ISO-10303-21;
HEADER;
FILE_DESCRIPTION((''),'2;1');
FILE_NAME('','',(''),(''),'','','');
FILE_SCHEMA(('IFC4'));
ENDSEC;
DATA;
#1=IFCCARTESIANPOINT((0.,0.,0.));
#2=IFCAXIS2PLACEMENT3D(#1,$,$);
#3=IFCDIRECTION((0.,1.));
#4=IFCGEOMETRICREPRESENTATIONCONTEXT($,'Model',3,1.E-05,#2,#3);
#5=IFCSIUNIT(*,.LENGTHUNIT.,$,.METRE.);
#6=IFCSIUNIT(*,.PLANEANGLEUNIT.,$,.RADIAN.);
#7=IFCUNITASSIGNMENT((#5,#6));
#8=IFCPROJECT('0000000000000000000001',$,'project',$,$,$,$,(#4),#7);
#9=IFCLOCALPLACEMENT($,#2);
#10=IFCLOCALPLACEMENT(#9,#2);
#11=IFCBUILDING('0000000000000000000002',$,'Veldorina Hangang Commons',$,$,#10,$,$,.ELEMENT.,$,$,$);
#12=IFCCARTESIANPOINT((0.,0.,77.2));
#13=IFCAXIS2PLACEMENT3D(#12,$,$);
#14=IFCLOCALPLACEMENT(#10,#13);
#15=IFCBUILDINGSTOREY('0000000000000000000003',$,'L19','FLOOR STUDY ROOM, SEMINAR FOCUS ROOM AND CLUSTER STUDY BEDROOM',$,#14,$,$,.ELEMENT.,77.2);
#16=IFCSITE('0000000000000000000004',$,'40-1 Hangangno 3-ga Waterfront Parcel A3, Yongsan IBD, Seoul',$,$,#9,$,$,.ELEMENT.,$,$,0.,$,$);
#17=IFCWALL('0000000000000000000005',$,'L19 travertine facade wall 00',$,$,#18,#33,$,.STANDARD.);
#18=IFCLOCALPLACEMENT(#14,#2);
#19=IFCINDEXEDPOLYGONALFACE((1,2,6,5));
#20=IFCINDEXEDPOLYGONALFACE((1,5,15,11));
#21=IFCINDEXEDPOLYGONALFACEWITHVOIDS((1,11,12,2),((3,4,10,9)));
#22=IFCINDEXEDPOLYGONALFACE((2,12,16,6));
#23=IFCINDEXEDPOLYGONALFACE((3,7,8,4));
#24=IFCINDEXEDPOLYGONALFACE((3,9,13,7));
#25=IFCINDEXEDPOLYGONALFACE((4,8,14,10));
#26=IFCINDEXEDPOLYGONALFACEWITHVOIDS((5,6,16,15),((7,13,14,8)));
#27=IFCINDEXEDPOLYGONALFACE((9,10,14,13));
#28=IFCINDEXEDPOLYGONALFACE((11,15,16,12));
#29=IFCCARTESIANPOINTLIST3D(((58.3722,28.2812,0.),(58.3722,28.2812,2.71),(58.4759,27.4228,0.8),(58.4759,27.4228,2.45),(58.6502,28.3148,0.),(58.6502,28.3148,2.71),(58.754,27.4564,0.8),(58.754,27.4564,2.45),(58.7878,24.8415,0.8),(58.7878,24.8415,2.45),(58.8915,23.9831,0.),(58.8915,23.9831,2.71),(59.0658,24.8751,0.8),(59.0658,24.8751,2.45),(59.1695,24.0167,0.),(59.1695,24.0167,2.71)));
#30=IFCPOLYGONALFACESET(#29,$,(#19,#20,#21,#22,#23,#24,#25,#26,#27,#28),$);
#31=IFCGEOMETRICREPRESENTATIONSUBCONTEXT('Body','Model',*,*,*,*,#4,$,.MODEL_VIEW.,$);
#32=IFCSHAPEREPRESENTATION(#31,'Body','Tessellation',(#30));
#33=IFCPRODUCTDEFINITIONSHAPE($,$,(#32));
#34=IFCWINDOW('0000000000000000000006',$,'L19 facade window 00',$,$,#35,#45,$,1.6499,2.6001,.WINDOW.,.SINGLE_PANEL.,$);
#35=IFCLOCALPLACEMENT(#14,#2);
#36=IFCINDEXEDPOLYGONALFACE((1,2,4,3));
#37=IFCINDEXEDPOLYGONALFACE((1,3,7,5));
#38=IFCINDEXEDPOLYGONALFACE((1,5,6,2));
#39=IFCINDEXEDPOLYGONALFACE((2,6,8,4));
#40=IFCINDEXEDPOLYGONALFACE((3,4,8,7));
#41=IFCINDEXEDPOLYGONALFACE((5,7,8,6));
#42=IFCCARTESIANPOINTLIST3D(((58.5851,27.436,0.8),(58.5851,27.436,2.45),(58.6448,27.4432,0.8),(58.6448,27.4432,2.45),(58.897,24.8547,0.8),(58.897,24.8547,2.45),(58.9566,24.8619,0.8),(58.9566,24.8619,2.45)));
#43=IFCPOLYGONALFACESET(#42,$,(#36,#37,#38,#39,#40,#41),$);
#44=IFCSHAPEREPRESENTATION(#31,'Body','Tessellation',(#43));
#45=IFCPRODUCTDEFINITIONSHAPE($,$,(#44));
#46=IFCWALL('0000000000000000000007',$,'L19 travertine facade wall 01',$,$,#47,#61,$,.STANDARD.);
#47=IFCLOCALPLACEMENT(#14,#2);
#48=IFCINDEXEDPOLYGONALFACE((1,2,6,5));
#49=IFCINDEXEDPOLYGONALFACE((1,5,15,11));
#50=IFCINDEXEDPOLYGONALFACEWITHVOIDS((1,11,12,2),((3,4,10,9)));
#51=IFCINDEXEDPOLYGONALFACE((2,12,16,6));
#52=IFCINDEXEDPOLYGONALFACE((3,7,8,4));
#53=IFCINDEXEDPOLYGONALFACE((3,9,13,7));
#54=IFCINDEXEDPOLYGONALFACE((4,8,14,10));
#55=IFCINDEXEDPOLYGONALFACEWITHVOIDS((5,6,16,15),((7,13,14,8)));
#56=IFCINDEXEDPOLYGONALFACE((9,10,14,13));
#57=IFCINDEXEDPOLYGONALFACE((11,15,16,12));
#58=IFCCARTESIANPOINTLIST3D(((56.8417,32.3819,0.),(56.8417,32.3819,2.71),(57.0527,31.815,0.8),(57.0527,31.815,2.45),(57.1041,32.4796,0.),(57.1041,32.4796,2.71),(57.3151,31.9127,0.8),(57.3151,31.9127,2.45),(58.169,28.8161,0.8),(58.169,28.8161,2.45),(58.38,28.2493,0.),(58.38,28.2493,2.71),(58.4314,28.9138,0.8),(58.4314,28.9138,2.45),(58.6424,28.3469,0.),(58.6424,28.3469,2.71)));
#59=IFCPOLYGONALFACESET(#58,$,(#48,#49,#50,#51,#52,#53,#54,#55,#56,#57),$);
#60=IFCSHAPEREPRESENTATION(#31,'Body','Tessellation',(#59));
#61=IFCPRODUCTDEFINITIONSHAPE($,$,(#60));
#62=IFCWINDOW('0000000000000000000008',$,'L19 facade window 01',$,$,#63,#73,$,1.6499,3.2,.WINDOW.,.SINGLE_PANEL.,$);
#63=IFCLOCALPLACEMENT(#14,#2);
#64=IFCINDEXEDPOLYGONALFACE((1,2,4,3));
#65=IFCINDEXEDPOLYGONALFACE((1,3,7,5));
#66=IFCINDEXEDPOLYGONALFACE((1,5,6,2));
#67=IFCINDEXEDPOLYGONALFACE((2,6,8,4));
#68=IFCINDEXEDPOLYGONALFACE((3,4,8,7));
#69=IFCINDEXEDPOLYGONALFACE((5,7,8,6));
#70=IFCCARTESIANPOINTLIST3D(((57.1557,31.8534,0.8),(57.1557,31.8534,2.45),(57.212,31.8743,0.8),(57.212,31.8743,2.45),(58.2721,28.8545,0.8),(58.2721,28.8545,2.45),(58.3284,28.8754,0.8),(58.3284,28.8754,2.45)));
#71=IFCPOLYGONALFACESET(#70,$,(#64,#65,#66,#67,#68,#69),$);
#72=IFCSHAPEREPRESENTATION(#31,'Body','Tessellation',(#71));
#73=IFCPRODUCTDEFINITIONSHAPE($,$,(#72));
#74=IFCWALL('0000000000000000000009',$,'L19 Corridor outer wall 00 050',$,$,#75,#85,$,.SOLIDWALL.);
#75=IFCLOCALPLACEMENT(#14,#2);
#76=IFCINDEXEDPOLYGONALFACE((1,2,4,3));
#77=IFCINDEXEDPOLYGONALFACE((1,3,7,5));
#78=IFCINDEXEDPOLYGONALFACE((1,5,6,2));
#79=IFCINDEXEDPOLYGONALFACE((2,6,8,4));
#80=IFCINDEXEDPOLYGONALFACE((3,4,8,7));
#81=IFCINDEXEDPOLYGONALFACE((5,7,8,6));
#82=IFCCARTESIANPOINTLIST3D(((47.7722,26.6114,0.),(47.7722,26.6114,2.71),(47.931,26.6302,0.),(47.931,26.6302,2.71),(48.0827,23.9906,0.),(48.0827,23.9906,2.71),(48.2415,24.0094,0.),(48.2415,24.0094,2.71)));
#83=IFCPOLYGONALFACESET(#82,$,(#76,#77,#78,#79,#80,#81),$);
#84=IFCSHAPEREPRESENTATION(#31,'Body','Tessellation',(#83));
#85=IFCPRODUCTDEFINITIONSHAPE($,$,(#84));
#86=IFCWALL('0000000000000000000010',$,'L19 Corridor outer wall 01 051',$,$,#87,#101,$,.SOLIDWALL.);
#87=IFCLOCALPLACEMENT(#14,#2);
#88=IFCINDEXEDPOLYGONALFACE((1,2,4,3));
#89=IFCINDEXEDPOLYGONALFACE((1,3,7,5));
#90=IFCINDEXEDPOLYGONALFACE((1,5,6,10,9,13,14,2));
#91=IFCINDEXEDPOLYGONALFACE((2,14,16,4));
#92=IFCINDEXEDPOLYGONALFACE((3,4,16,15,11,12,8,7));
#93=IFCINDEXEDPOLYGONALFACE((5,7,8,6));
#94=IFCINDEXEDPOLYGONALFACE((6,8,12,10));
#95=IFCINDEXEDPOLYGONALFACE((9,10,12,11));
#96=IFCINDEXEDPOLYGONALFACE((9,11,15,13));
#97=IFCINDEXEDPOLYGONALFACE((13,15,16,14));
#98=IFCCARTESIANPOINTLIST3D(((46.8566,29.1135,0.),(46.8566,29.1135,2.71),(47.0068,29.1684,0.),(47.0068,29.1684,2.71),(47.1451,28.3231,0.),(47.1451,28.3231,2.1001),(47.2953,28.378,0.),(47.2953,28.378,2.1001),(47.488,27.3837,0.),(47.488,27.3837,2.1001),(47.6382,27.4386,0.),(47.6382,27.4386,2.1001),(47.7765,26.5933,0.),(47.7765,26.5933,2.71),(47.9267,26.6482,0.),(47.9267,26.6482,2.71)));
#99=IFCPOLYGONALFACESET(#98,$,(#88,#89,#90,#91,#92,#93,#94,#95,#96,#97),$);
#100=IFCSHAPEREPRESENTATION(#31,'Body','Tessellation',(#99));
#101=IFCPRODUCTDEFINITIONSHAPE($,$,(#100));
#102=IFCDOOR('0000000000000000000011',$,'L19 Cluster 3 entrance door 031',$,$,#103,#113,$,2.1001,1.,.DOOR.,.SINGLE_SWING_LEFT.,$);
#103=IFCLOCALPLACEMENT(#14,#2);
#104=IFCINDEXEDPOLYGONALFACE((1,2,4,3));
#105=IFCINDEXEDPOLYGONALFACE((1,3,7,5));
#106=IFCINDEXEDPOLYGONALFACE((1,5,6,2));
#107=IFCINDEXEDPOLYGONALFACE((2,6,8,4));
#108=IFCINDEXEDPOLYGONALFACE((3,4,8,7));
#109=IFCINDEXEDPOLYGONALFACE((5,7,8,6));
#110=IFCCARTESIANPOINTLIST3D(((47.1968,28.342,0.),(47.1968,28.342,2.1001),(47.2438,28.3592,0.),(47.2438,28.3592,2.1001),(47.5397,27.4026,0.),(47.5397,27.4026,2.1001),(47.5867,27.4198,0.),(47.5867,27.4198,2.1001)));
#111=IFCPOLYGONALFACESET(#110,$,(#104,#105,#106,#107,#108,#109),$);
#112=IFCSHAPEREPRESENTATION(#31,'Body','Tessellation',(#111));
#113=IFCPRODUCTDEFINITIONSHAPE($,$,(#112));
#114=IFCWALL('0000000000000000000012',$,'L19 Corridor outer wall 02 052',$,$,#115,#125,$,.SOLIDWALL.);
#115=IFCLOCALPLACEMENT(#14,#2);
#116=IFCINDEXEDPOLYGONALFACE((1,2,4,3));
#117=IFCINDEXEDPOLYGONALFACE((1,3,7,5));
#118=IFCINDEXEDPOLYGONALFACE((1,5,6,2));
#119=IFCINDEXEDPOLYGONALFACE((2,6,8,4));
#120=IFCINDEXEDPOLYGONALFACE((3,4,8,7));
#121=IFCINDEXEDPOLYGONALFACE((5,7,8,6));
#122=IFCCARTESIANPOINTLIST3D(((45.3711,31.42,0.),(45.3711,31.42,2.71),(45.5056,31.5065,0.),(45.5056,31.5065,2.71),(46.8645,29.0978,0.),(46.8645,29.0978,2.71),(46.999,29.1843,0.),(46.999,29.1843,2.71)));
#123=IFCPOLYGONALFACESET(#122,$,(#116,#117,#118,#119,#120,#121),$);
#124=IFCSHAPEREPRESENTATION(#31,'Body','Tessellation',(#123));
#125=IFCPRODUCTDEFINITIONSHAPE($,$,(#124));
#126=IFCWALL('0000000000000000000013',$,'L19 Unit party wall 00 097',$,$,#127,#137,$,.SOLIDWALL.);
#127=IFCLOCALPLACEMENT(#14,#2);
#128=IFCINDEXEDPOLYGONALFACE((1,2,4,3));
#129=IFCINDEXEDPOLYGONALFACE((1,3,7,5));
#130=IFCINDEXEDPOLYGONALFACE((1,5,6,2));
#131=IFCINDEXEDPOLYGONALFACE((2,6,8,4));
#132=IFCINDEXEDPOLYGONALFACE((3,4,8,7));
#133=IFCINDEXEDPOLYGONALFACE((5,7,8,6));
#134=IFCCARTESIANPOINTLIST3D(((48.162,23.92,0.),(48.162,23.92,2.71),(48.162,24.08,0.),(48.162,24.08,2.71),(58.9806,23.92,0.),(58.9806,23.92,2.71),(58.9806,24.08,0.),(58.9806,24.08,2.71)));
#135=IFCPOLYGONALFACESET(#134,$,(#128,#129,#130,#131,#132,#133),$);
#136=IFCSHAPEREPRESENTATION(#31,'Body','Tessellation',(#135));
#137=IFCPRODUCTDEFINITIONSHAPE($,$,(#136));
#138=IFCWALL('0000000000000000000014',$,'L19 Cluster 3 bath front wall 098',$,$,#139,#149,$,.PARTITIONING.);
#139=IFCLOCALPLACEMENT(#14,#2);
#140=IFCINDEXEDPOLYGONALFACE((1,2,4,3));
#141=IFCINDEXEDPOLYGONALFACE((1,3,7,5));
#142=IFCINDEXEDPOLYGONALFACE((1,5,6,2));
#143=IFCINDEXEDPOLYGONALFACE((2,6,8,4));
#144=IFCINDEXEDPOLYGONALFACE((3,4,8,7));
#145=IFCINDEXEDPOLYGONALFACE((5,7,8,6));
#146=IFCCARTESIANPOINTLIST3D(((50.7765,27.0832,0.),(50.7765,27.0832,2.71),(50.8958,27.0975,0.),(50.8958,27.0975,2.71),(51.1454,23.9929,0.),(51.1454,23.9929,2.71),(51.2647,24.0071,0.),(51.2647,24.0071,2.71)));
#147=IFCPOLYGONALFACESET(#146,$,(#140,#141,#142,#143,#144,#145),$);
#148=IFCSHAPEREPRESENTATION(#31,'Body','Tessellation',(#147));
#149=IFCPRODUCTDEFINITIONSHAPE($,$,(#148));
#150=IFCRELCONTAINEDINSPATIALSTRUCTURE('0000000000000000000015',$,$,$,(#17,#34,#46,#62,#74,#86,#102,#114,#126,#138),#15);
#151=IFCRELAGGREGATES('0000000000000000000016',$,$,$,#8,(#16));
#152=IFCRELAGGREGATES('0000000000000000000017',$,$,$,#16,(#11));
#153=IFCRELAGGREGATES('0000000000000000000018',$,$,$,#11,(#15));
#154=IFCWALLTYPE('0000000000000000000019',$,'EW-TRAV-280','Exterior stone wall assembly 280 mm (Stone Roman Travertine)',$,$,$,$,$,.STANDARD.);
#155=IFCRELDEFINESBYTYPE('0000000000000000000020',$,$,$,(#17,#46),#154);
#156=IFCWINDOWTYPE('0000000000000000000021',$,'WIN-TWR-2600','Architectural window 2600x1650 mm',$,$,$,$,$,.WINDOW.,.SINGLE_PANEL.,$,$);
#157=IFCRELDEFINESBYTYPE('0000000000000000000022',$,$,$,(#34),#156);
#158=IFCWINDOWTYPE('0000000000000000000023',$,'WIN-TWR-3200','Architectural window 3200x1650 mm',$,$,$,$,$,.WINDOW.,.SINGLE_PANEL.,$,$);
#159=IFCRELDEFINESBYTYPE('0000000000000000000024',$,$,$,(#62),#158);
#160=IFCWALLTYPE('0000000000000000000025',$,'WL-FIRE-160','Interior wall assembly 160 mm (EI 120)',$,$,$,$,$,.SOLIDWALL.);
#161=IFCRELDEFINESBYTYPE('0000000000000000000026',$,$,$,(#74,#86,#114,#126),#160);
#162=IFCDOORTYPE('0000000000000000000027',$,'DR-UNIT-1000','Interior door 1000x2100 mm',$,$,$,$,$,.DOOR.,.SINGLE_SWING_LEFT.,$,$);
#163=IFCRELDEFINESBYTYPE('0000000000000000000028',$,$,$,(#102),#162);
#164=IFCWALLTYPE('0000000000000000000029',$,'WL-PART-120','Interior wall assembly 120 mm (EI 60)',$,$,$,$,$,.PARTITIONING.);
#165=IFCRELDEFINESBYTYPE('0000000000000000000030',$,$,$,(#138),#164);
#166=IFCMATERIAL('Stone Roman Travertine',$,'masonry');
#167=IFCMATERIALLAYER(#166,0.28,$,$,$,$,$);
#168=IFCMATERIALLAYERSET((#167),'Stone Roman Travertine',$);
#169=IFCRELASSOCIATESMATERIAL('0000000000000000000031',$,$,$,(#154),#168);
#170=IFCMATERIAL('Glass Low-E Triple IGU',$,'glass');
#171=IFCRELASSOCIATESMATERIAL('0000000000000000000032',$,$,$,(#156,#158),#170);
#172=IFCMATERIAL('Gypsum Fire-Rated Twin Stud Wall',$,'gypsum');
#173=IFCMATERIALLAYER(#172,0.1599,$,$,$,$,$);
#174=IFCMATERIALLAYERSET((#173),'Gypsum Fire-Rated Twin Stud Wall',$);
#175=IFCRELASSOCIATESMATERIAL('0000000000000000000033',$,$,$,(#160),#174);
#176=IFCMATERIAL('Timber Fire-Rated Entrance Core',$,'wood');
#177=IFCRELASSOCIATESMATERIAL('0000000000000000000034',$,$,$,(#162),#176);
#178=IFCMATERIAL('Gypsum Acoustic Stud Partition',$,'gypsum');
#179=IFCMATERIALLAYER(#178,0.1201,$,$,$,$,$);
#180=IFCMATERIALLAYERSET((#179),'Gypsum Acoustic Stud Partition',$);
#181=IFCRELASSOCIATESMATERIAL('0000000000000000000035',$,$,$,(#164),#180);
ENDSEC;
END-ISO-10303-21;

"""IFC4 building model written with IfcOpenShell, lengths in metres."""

from ifc_helpers import new_model, si_unit, direction, frame, frame_2d, origin, place, context, subcontext, project, spatial, rectangle, extrude, material, layer, layer_set, type_object, element, fill, save


model = new_model("IFC4")

# Units and contexts
model_context = context("Model", 3, precision=1e-05, world=origin(), true_north=direction((0.0, 1.0)))
body_context = subcontext(model_context, "Body", "Model", "MODEL_VIEW")
ifc_project = project(units=[si_unit("LENGTHUNIT", "METRE"), si_unit("PLANEANGLEUNIT", "RADIAN")], contexts=[model_context])

# Site, building, storey
site_placement = place(None, origin())
site = spatial("IfcSite", under=ifc_project, at=site_placement, Name="40-1 Hangangno 3-ga Waterfront Parcel A3, Yongsan IBD, Seoul", CompositionType="ELEMENT", RefElevation=0.0)
building_placement = place(site_placement, origin())
building = spatial("IfcBuilding", under=site, at=building_placement, Name="Veldorina Hangang Commons", CompositionType="ELEMENT")
storey_placement = place(building_placement, frame((0.0, 0.0, 77.2)))
storey = spatial("IfcBuildingStorey", under=building, at=storey_placement, Name="L19", Description="FLOOR STUDY ROOM, SEMINAR FOCUS ROOM AND CLUSTER STUDY BEDROOM", CompositionType="ELEMENT", Elevation=77.2)

# Walls, openings, windows
ifc_material_1 = material(Name="Stone Roman Travertine", Category="masonry")
ifc_layer_1 = layer(ifc_material_1, 0.28)
ifc_layer_set_1 = layer_set([ifc_layer_1], Name="Stone Roman Travertine")
wall_type_1 = type_object("IfcWallType", Name="EW-TRAV-280", Description="Exterior stone wall assembly 280 mm (Stone Roman Travertine)", PredefinedType="STANDARD", material=ifc_layer_set_1)
wall_1_placement = place(storey_placement, frame((59.0305, 24.0, 0.0), z_axis=(0.0, 0.0, 1.0), x_axis=(-0.119946, 0.99278, 0.0)))
wall_1 = element("IfcWall", 1, at=wall_1_placement, inside=storey, type_object=wall_type_1, Name="L19 travertine facade wall 00", PredefinedType="STANDARD", context=body_context, shape_type="SweptSolid", body=[
    extrude(rectangle(XDim=4.3293, YDim=0.28, at=frame_2d((2.1646, 0.0))), origin(), (0.0, 0.0, 1.0), 2.71),
])
opening_1_placement = place(wall_1_placement, frame((0.8645, 0.0, 0.8)))
opening_1 = element("IfcOpeningElement", 2, at=opening_1_placement, cuts=wall_1, PredefinedType="OPENING", context=body_context, shape_type="SweptSolid", body=[
    extrude(rectangle(XDim=2.6001, YDim=1.6499, at=frame_2d((1.3, 0.825))), frame((0.0, 0.1499, 0.0), z_axis=(0.0, -1.0, 0.0), x_axis=(1.0, 0.0, 0.0)), (0.0, 0.0, 1.0), 0.3),
])
ifc_material_2 = material(Name="Glass Low-E Triple IGU", Category="glass")
window_type_1 = type_object("IfcWindowType", Name="WIN-TWR-2600", Description="Architectural window 2600x1650 mm", PartitioningType="SINGLE_PANEL", PredefinedType="WINDOW", material=ifc_material_2)
window_1_placement = place(opening_1_placement, origin())
window_1 = element("IfcWindow", 3, at=window_1_placement, inside=storey, type_object=window_type_1, Name="L19 facade window 00", OverallHeight=1.6499, OverallWidth=2.6001, PartitioningType="SINGLE_PANEL", PredefinedType="WINDOW", context=body_context, shape_type="SweptSolid", body=[
    extrude(rectangle(XDim=2.6001, YDim=1.6499, at=frame_2d((1.3, 0.825))), frame((0.0, 0.03, 0.0), z_axis=(0.0, -1.0, 0.0), x_axis=(1.0, 0.0, 0.0)), (0.0, 0.0, 1.0), 0.0601),
])
fill(opening_1, window_1)
wall_2_placement = place(storey_placement, frame((58.5112, 28.2981, 0.0), z_axis=(0.0, 0.0, 1.0), x_axis=(-0.348859, 0.937175, 0.0)))
wall_2 = element("IfcWall", 4, at=wall_2_placement, inside=storey, type_object=wall_type_1, Name="L19 travertine facade wall 01", PredefinedType="STANDARD", context=body_context, shape_type="SweptSolid", body=[
    extrude(rectangle(XDim=4.4097, YDim=0.28, at=frame_2d((2.2048, 0.0))), origin(), (0.0, 0.0, 1.0), 2.71),
])
opening_2_placement = place(wall_2_placement, frame((0.6047, 0.0, 0.8)))
opening_2 = element("IfcOpeningElement", 5, at=opening_2_placement, cuts=wall_2, PredefinedType="OPENING", context=body_context, shape_type="SweptSolid", body=[
    extrude(rectangle(XDim=3.2, YDim=1.6499, at=frame_2d((1.6001, 0.825))), frame((0.0, 0.1499, 0.0), z_axis=(0.0, -1.0, 0.0), x_axis=(1.0, 0.0, 0.0)), (0.0, 0.0, 1.0), 0.3),
])
window_type_2 = type_object("IfcWindowType", Name="WIN-TWR-3200", Description="Architectural window 3200x1650 mm", PartitioningType="SINGLE_PANEL", PredefinedType="WINDOW", material=ifc_material_2)
window_2_placement = place(opening_2_placement, origin())
window_2 = element("IfcWindow", 6, at=window_2_placement, inside=storey, type_object=window_type_2, Name="L19 facade window 01", OverallHeight=1.6499, OverallWidth=3.2, PartitioningType="SINGLE_PANEL", PredefinedType="WINDOW", context=body_context, shape_type="SweptSolid", body=[
    extrude(rectangle(XDim=3.2, YDim=1.6499, at=frame_2d((1.6001, 0.825))), frame((0.0, 0.03, 0.0), z_axis=(0.0, -1.0, 0.0), x_axis=(1.0, 0.0, 0.0)), (0.0, 0.0, 1.0), 0.0601),
])
fill(opening_2, window_2)

# Wall
ifc_material_3 = material(Name="Gypsum Fire-Rated Twin Stud Wall", Category="gypsum")
ifc_layer_2 = layer(ifc_material_3, 0.1599)
ifc_layer_set_2 = layer_set([ifc_layer_2], Name="Gypsum Fire-Rated Twin Stud Wall")
wall_type_2 = type_object("IfcWallType", Name="WL-FIRE-160", Description="Interior wall assembly 160 mm (EI 120)", PredefinedType="SOLIDWALL", material=ifc_layer_set_2)
wall_3_placement = place(storey_placement, frame((48.1621, 24.0, 0.0), z_axis=(0.0, 0.0, 1.0), x_axis=(-0.117668, 0.993053, 0.0)))
element("IfcWall", 7, at=wall_3_placement, inside=storey, type_object=wall_type_2, Name="L19 Corridor outer wall 00 050", PredefinedType="SOLIDWALL", context=body_context, shape_type="SweptSolid", body=[
    extrude(rectangle(XDim=2.6392, YDim=0.1599, at=frame_2d((1.3196, 0.0))), origin(), (0.0, 0.0, 1.0), 2.71),
])

# Wall, opening, door
wall_4_placement = place(storey_placement, frame((47.8516, 26.6208, 0.0), z_axis=(0.0, 0.0, 1.0), x_axis=(-0.342883, 0.939378, 0.0)))
wall_4 = element("IfcWall", 8, at=wall_4_placement, inside=storey, type_object=wall_type_2, Name="L19 Corridor outer wall 01 051", PredefinedType="SOLIDWALL", context=body_context, shape_type="SweptSolid", body=[
    extrude(rectangle(XDim=2.6829, YDim=0.1599, at=frame_2d((1.3413, 0.0))), origin(), (0.0, 0.0, 1.0), 2.71),
])
opening_3_placement = place(wall_4_placement, frame((0.8413, 0.0, 0.0)))
opening_3 = element("IfcOpeningElement", 9, at=opening_3_placement, cuts=wall_4, PredefinedType="OPENING", context=body_context, shape_type="SweptSolid", body=[
    extrude(rectangle(XDim=1.0, YDim=2.1001, at=frame_2d((0.5, 1.05))), frame((0.0, 0.0898, 0.0), z_axis=(0.0, -1.0, 0.0), x_axis=(1.0, 0.0, 0.0)), (0.0, 0.0, 1.0), 0.1799),
])
ifc_material_4 = material(Name="Timber Fire-Rated Entrance Core", Category="wood")
door_type_1 = type_object("IfcDoorType", Name="DR-UNIT-1000", Description="Interior door 1000x2100 mm", OperationType="SINGLE_SWING_LEFT", PredefinedType="DOOR", material=ifc_material_4)
door_1_placement = place(opening_3_placement, origin())
door_1 = element("IfcDoor", 10, at=door_1_placement, inside=storey, type_object=door_type_1, Name="L19 Cluster 3 entrance door 031", OperationType="SINGLE_SWING_LEFT", OverallHeight=2.1001, OverallWidth=1.0, PredefinedType="DOOR", context=body_context, shape_type="SweptSolid", body=[
    extrude(rectangle(XDim=1.0, YDim=2.1001, at=frame_2d((0.5, 1.05))), frame((0.0, 0.0249, 0.0), z_axis=(0.0, -1.0, 0.0), x_axis=(1.0, 0.0, 0.0)), (0.0, 0.0, 1.0), 0.05),
])
fill(opening_3, door_1)

# Walls
wall_5_placement = place(storey_placement, frame((46.9316, 29.1411, 0.0), z_axis=(0.0, 0.0, 1.0), x_axis=(-0.540892, 0.841092, 0.0)))
element("IfcWall", 11, at=wall_5_placement, inside=storey, type_object=wall_type_2, Name="L19 Corridor outer wall 02 052", PredefinedType="SOLIDWALL", context=body_context, shape_type="SweptSolid", body=[
    extrude(rectangle(XDim=2.761, YDim=0.1599, at=frame_2d((1.3804, 0.0))), origin(), (0.0, 0.0, 1.0), 2.71),
])
wall_6_placement = place(storey_placement, frame((48.1621, 24.0, 0.0), z_axis=(0.0, 0.0, 1.0), x_axis=(1.0, 0.0, 0.0)))
element("IfcWall", 12, at=wall_6_placement, inside=storey, type_object=wall_type_2, Name="L19 Unit party wall 00 097", PredefinedType="SOLIDWALL", context=body_context, shape_type="SweptSolid", body=[
    extrude(rectangle(XDim=10.8186, YDim=0.1599, at=frame_2d((5.4092, 0.0))), origin(), (0.0, 0.0, 1.0), 2.71),
])
ifc_material_5 = material(Name="Gypsum Acoustic Stud Partition", Category="gypsum")
ifc_layer_3 = layer(ifc_material_5, 0.1201)
ifc_layer_set_3 = layer_set([ifc_layer_3], Name="Gypsum Acoustic Stud Partition")
wall_type_3 = type_object("IfcWallType", Name="WL-PART-120", Description="Interior wall assembly 120 mm (EI 60)", PredefinedType="PARTITIONING", material=ifc_layer_set_3)
wall_7_placement = place(storey_placement, frame((51.2051, 24.0, 0.0), z_axis=(0.0, 0.0, 1.0), x_axis=(-0.11853, 0.992951, 0.0)))
element("IfcWall", 13, at=wall_7_placement, inside=storey, type_object=wall_type_3, Name="L19 Cluster 3 bath front wall 098", PredefinedType="PARTITIONING", context=body_context, shape_type="SweptSolid", body=[
    extrude(rectangle(XDim=3.1123, YDim=0.1201, at=frame_2d((1.5562, 0.0))), origin(), (0.0, 0.0, 1.0), 2.71),
])

save(model, "model.ifc")
